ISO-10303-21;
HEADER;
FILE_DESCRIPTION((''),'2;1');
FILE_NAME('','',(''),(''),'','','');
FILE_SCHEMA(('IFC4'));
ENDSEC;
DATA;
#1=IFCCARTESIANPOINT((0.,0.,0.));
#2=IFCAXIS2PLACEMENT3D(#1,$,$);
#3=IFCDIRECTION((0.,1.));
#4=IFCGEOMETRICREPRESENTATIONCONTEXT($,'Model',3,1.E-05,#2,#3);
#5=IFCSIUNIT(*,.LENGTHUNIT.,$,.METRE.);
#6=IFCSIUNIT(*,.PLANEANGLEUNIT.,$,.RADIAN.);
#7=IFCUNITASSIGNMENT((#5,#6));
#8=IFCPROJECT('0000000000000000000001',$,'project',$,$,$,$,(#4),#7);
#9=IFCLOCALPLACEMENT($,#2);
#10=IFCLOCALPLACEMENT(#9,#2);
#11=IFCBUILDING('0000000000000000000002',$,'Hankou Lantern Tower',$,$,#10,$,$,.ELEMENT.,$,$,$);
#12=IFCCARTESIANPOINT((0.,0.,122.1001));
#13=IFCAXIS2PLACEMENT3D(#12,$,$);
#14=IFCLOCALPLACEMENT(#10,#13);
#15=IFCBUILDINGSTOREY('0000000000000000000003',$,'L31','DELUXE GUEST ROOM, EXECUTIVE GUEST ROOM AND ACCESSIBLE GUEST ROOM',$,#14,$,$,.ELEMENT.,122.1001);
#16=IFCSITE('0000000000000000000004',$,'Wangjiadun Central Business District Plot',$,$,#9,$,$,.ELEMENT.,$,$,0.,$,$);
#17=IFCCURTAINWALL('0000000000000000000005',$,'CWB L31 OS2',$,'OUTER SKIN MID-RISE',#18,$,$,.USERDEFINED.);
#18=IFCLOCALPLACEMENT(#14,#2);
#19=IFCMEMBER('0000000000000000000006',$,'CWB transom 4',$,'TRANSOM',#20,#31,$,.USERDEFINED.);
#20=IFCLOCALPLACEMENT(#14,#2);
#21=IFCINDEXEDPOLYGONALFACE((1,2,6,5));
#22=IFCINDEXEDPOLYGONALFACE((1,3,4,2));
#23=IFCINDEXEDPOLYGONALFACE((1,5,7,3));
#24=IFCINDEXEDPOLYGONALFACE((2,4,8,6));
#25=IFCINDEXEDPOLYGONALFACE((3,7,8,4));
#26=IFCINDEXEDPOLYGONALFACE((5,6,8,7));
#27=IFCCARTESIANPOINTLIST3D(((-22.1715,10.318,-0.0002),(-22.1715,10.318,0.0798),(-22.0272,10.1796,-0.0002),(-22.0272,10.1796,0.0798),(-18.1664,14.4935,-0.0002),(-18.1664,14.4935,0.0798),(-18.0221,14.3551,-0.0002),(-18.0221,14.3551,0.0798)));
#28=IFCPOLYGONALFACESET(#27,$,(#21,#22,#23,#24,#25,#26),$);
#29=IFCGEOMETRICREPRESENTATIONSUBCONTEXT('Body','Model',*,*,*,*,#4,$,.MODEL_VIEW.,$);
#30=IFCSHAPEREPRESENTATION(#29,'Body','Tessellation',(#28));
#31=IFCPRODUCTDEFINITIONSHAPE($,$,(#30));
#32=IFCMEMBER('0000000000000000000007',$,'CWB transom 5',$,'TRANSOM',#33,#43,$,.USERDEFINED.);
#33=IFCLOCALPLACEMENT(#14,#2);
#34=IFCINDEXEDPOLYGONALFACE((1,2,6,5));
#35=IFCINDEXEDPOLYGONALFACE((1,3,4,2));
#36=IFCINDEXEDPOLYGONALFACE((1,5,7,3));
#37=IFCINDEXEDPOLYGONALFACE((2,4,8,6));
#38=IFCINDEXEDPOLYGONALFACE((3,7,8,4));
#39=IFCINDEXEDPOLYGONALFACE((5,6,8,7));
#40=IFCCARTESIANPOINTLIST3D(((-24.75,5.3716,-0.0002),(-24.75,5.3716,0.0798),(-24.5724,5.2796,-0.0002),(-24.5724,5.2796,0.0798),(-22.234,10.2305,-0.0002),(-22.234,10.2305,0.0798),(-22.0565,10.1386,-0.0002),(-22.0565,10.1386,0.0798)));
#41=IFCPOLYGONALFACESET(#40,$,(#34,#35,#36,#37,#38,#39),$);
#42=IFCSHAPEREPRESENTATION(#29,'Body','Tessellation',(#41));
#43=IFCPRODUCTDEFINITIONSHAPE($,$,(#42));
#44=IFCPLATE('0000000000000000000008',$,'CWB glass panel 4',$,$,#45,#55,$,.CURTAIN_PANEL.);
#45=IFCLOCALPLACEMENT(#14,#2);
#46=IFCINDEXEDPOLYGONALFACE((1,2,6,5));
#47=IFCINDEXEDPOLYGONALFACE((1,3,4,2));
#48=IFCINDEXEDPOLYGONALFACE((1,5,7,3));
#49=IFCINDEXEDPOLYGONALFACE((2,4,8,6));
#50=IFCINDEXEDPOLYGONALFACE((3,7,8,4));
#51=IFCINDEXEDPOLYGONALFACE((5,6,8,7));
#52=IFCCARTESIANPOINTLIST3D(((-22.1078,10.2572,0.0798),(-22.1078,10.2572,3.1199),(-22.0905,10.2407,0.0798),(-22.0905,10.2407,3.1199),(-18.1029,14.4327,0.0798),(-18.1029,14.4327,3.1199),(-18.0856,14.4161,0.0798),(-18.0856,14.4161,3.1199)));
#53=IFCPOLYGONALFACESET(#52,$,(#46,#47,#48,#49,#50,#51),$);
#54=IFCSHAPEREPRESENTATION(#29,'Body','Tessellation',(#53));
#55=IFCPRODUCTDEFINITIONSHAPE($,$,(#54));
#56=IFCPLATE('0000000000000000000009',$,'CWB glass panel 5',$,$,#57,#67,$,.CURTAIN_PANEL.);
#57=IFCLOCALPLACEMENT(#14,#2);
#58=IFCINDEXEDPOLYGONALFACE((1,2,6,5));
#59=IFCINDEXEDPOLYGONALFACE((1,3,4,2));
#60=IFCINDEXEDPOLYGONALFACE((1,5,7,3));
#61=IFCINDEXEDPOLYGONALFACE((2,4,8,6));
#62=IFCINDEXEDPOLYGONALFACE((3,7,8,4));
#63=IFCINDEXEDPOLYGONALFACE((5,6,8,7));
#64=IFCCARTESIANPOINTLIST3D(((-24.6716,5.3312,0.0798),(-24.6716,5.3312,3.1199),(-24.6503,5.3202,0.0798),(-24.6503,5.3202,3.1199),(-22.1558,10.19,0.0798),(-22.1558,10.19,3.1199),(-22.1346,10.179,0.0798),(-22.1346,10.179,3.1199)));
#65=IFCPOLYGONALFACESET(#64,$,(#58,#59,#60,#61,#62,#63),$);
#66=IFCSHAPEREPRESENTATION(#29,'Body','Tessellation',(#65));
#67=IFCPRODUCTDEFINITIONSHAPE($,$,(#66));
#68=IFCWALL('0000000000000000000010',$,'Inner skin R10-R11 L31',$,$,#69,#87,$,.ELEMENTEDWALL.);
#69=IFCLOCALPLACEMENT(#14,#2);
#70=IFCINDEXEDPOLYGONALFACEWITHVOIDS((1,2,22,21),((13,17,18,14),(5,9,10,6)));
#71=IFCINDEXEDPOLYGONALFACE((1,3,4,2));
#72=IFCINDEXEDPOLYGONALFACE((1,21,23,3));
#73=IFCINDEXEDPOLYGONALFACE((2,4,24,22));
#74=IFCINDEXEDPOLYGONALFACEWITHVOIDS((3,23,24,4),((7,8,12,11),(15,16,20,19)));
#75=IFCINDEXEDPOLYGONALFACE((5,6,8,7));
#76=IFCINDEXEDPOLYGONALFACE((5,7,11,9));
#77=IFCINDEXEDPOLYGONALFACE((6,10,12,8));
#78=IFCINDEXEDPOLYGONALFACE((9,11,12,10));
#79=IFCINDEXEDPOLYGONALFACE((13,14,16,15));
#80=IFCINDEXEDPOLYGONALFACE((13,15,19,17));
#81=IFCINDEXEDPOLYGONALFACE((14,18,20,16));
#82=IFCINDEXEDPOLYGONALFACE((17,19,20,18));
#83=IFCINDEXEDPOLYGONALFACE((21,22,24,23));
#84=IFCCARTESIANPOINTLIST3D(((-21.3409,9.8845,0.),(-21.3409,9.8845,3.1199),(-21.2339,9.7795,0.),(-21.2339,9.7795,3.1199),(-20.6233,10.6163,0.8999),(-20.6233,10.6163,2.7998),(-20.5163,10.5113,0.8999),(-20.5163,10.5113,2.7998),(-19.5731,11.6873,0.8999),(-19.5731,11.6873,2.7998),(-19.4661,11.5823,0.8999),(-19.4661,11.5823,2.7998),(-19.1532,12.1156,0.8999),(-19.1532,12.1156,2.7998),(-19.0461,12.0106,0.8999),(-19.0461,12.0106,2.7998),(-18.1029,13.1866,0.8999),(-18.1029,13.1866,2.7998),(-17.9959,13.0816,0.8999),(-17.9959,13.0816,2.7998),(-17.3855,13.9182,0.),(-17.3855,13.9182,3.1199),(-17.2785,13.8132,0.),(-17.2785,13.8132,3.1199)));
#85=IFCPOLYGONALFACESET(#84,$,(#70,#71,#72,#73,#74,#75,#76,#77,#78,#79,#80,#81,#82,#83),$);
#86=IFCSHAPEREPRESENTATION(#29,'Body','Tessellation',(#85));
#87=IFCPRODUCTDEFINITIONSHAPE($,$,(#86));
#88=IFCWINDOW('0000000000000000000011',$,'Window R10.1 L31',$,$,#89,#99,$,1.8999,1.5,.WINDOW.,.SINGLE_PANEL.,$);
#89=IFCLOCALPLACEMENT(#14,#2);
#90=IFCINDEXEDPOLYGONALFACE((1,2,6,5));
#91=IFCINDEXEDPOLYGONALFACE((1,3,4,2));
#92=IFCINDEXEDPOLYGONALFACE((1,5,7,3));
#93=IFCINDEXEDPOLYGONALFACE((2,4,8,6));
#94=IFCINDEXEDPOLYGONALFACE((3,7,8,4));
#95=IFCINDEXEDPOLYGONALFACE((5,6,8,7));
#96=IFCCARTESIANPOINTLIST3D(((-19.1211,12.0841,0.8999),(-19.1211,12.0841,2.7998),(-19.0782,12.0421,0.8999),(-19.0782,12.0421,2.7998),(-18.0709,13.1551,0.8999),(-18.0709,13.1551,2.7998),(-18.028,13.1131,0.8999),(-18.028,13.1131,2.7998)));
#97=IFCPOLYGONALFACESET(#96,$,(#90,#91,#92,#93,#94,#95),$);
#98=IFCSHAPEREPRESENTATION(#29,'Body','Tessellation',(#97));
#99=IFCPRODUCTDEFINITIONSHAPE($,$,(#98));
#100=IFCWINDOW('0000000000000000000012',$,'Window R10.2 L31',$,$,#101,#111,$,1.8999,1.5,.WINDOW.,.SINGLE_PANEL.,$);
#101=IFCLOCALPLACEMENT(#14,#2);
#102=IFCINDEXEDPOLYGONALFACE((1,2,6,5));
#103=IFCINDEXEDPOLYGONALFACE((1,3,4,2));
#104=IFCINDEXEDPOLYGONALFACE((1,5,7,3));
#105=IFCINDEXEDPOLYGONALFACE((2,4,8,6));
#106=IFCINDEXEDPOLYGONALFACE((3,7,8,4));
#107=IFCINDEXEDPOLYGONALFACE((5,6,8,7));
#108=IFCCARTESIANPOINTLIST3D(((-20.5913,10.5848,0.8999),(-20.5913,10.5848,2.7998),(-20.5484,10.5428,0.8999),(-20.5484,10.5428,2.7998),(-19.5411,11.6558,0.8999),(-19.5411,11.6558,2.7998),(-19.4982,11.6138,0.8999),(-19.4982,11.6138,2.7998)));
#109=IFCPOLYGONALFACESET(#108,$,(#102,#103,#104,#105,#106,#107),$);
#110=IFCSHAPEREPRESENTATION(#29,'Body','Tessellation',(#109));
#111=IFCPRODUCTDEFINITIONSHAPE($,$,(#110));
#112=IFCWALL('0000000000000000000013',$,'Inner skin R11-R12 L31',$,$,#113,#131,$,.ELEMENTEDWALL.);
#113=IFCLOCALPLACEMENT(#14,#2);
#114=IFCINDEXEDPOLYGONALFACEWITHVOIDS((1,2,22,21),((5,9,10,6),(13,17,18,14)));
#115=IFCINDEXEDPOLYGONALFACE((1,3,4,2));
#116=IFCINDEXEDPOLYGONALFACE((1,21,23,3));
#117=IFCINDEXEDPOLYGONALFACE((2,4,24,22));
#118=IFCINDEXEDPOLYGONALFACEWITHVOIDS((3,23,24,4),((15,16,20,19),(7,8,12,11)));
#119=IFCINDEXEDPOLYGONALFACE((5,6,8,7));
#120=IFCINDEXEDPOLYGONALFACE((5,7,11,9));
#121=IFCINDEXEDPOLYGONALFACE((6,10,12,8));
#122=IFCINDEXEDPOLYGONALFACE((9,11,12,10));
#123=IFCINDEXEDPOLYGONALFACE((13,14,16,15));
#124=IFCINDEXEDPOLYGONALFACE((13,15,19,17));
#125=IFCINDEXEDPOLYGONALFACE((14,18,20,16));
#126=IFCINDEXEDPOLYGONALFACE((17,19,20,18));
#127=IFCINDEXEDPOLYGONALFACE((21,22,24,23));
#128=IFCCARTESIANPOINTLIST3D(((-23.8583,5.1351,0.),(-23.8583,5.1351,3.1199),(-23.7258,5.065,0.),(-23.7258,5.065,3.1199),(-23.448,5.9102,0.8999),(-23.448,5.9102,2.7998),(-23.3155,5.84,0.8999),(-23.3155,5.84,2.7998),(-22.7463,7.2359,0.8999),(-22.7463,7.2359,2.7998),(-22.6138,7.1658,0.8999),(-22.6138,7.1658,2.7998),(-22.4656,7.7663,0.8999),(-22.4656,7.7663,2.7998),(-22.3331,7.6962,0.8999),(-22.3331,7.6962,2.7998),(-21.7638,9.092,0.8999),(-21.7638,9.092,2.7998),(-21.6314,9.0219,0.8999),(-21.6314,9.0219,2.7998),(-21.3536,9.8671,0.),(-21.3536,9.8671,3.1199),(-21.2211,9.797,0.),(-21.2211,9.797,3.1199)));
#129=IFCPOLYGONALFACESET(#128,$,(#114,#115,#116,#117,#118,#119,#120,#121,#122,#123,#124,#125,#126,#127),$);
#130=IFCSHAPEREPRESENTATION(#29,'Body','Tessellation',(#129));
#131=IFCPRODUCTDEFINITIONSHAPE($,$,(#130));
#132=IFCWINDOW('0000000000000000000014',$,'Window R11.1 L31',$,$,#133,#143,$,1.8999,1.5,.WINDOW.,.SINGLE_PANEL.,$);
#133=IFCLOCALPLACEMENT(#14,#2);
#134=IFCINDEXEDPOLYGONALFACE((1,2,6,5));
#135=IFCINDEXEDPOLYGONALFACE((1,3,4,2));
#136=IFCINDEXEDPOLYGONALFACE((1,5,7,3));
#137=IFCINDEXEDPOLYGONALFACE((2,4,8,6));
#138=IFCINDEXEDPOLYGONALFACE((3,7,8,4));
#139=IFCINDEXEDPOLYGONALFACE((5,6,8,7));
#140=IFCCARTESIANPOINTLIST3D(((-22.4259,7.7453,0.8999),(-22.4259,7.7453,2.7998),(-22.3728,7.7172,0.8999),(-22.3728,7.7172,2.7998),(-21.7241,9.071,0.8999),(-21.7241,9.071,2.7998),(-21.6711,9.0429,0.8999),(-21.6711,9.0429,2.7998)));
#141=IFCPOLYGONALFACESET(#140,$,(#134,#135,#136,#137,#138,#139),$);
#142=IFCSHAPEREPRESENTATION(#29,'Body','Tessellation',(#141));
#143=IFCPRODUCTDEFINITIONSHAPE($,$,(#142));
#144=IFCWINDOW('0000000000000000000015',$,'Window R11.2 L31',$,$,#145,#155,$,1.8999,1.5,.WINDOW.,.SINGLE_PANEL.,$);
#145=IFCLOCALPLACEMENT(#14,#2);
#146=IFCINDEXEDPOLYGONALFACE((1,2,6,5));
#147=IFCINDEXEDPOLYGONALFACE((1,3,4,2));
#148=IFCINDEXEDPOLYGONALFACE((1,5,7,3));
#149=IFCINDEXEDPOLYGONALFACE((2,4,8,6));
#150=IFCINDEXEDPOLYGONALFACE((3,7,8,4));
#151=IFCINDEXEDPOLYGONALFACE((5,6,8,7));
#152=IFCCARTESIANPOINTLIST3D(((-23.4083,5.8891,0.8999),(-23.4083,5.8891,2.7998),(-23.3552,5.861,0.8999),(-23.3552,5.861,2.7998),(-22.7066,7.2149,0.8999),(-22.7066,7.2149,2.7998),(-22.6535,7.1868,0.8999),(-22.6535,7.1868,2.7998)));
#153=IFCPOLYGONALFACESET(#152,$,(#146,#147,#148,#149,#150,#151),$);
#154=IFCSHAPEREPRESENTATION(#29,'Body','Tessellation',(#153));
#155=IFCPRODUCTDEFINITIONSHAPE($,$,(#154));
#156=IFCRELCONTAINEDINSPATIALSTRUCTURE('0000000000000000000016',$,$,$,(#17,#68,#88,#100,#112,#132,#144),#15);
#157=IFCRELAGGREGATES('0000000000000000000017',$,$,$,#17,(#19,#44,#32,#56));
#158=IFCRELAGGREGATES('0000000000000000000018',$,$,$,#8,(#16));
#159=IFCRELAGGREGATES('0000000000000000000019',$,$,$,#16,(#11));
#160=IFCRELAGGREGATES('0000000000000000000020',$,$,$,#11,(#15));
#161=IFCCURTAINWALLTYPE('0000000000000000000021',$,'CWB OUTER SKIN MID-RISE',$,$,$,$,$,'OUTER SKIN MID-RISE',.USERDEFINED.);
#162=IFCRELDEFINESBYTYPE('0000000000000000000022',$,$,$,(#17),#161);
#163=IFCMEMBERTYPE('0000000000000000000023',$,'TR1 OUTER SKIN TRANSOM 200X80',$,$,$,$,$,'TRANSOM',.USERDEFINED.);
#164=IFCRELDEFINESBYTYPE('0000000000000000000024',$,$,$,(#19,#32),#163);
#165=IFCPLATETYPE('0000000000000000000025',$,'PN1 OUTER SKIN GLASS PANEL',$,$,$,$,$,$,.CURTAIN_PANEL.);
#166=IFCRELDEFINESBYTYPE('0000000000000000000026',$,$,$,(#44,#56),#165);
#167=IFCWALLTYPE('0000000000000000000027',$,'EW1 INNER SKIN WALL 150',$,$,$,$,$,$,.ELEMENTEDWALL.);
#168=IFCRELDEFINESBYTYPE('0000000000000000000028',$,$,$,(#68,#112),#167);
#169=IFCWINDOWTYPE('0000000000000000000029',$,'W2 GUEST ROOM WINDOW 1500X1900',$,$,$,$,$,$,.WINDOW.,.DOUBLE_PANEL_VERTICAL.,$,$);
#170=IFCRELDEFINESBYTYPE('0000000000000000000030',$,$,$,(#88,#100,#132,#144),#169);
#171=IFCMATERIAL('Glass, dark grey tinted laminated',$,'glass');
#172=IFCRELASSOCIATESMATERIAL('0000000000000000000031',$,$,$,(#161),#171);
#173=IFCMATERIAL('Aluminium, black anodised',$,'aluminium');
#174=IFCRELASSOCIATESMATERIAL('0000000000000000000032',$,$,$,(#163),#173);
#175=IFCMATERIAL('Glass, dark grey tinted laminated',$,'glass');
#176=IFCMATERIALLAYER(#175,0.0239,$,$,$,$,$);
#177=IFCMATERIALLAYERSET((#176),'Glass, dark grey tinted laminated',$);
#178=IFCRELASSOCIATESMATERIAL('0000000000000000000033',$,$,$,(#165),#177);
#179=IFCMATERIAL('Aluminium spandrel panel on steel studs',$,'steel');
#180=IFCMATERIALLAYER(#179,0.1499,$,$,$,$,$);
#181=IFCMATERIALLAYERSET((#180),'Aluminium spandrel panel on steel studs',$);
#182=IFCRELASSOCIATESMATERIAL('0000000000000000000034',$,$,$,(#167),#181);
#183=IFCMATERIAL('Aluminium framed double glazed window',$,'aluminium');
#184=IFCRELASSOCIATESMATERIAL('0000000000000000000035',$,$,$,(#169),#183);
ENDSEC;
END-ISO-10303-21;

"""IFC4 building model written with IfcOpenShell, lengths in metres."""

from ifc_helpers import new_model, si_unit, direction, frame, frame_2d, origin, origin_2d, place, context, subcontext, project, spatial, rectangle, extrude, material, layer, layer_set, material_profile, profile_set, type_object, element, fill, aggregate, save


model = new_model("IFC4")

# Units and contexts
model_context = context("Model", 3, precision=1e-05, world=origin(), true_north=direction((0.0, 1.0)))
body_context = subcontext(model_context, "Body", "Model", "MODEL_VIEW")
ifc_project = project(units=[si_unit("LENGTHUNIT", "METRE"), si_unit("PLANEANGLEUNIT", "RADIAN")], contexts=[model_context])

# Site, building, storey
site_placement = place(None, origin())
site = spatial("IfcSite", under=ifc_project, at=site_placement, Name="Wangjiadun Central Business District Plot", CompositionType="ELEMENT", RefElevation=0.0)
building_placement = place(site_placement, origin())
building = spatial("IfcBuilding", under=site, at=building_placement, Name="Hankou Lantern Tower", CompositionType="ELEMENT")
storey_placement = place(building_placement, frame((0.0, 0.0, 122.1001)))
storey = spatial("IfcBuildingStorey", under=building, at=storey_placement, Name="L31", Description="DELUXE GUEST ROOM, EXECUTIVE GUEST ROOM AND ACCESSIBLE GUEST ROOM", CompositionType="ELEMENT", Elevation=122.1001)

# Curtain wall
ifc_material_1 = material(Name="Glass, dark grey tinted laminated", Category="glass")
curtain_wall_type = type_object("IfcCurtainWallType", Name="CWB OUTER SKIN MID-RISE", ElementType="OUTER SKIN MID-RISE", PredefinedType="USERDEFINED", material=ifc_material_1)
curtain_wall_placement = place(storey_placement, origin())
curtain_wall = element("IfcCurtainWall", 1, at=curtain_wall_placement, inside=storey, type_object=curtain_wall_type, Name="CWB L31 OS2", ObjectType="OUTER SKIN MID-RISE", PredefinedType="USERDEFINED")

# Members
ifc_material_2 = material(Name="Aluminium, black anodised", Category="aluminium")
ifc_material_profile_1 = material_profile(ifc_material_2, rectangle(XDim=0.2, YDim=0.0801, at=origin_2d()), Name="TR1 200X80")
ifc_profile_set_1 = profile_set([ifc_material_profile_1], Name="Aluminium, black anodised")
member_type_1 = type_object("IfcMemberType", Name="TR1 OUTER SKIN TRANSOM 200X80", ElementType="TRANSOM", PredefinedType="USERDEFINED", material=ifc_profile_set_1)
member_1_placement = place(storey_placement, frame((-18.0942, 14.4243, 0.0398), z_axis=(-0.692227, -0.72168, 0.0), x_axis=(0.72168, -0.692227, 0.0)))
member_1 = element("IfcMember", 2, at=member_1_placement, type_object=member_type_1, Name="CWB transom 4", ObjectType="TRANSOM", PredefinedType="USERDEFINED", context=body_context, shape_type="SweptSolid", body=[
    extrude(rectangle(XDim=0.2, YDim=0.0801, at=origin_2d()), origin(), (0.0, 0.0, 1.0), 5.7859),
])
member_2_placement = place(storey_placement, frame((-22.1453, 10.1846, 0.0398), z_axis=(-0.459805, -0.88802, 0.0), x_axis=(0.88802, -0.459805, 0.0)))
member_2 = element("IfcMember", 3, at=member_2_placement, type_object=member_type_1, Name="CWB transom 5", ObjectType="TRANSOM", PredefinedType="USERDEFINED", context=body_context, shape_type="SweptSolid", body=[
    extrude(rectangle(XDim=0.2, YDim=0.0801, at=origin_2d()), origin(), (0.0, 0.0, 1.0), 5.4717),
])

# Plates
ifc_material_3 = material(Name="Glass, dark grey tinted laminated", Category="glass")
ifc_layer_1 = layer(ifc_material_3, 0.0239)
ifc_layer_set_1 = layer_set([ifc_layer_1], Name="Glass, dark grey tinted laminated")
plate_type = type_object("IfcPlateType", Name="PN1 OUTER SKIN GLASS PANEL", PredefinedType="CURTAIN_PANEL", material=ifc_layer_set_1)
plate_1_placement = place(storey_placement, frame((-20.0967, 12.3367, 0.0798), z_axis=(0.0, 0.0, 1.0), x_axis=(-0.692216, -0.721691, 0.0)))
plate_1 = element("IfcPlate", 4, at=plate_1_placement, type_object=plate_type, Name="CWB glass panel 4", PredefinedType="CURTAIN_PANEL", context=body_context, shape_type="SweptSolid", body=[
    extrude(rectangle(XDim=5.7856, YDim=0.0239, at=origin_2d()), origin(), (0.0, 0.0, 1.0), 3.04),
])
plate_2_placement = place(storey_placement, frame((-23.4031, 7.7551, 0.0798), z_axis=(0.0, 0.0, 1.0), x_axis=(-0.459791, -0.888027, 0.0)))
plate_2 = element("IfcPlate", 5, at=plate_2_placement, type_object=plate_type, Name="CWB glass panel 5", PredefinedType="CURTAIN_PANEL", context=body_context, shape_type="SweptSolid", body=[
    extrude(rectangle(XDim=5.4714, YDim=0.0239, at=origin_2d()), origin(), (0.0, 0.0, 1.0), 3.04),
])
aggregate(curtain_wall, [member_1, plate_1, member_2, plate_2])

# Walls, openings, windows
ifc_material_4 = material(Name="Aluminium spandrel panel on steel studs", Category="steel")
ifc_layer_2 = layer(ifc_material_4, 0.1499)
ifc_layer_set_2 = layer_set([ifc_layer_2], Name="Aluminium spandrel panel on steel studs")
wall_type = type_object("IfcWallType", Name="EW1 INNER SKIN WALL 150", PredefinedType="ELEMENTEDWALL", material=ifc_layer_set_2)
wall_1_placement = place(storey_placement, frame((-17.332, 13.8657, 0.0), z_axis=(0.0, 0.0, 1.0), x_axis=(-0.700137, -0.714009, 0.0)))
wall_1 = element("IfcWall", 6, at=wall_1_placement, inside=storey, type_object=wall_type, Name="Inner skin R10-R11 L31", PredefinedType="ELEMENTEDWALL", context=body_context, shape_type="SweptSolid", body=[
    extrude(rectangle(XDim=5.6494, YDim=0.1499, at=frame_2d((2.8247, 0.0))), origin(), (0.0, 0.0, 1.0), 3.1199),
])
opening_1_placement = place(wall_1_placement, frame((1.0247, 0.0, 0.8999)))
opening_1 = element("IfcOpeningElement", 7, at=opening_1_placement, cuts=wall_1, PredefinedType="OPENING", context=body_context, shape_type="SweptSolid", body=[
    extrude(rectangle(XDim=1.5, YDim=1.8999, at=frame_2d((0.75, 0.95))), frame((0.0, 0.085, 0.0), z_axis=(0.0, -1.0, 0.0), x_axis=(1.0, 0.0, 0.0)), (0.0, 0.0, 1.0), 0.1699),
])
opening_2_placement = place(wall_1_placement, frame((3.1245, 0.0, 0.8999)))
opening_2 = element("IfcOpeningElement", 8, at=opening_2_placement, cuts=wall_1, PredefinedType="OPENING", context=body_context, shape_type="SweptSolid", body=[
    extrude(rectangle(XDim=1.5, YDim=1.8999, at=frame_2d((0.75, 0.95))), frame((0.0, 0.085, 0.0), z_axis=(0.0, -1.0, 0.0), x_axis=(1.0, 0.0, 0.0)), (0.0, 0.0, 1.0), 0.1699),
])
ifc_material_5 = material(Name="Aluminium framed double glazed window", Category="aluminium")
window_type = type_object("IfcWindowType", Name="W2 GUEST ROOM WINDOW 1500X1900", PartitioningType="DOUBLE_PANEL_VERTICAL", PredefinedType="WINDOW", material=ifc_material_5)
window_1_placement = place(opening_1_placement, origin())
window_1 = element("IfcWindow", 9, at=window_1_placement, inside=storey, type_object=window_type, Name="Window R10.1 L31", OverallHeight=1.8999, OverallWidth=1.5, PartitioningType="SINGLE_PANEL", PredefinedType="WINDOW", context=body_context, shape_type="SweptSolid", body=[
    extrude(rectangle(XDim=1.5, YDim=1.8999, at=frame_2d((0.75, 0.95))), frame((0.0, 0.03, 0.0), z_axis=(0.0, -1.0, 0.0), x_axis=(1.0, 0.0, 0.0)), (0.0, 0.0, 1.0), 0.0601),
])
fill(opening_1, window_1)
window_2_placement = place(opening_2_placement, origin())
window_2 = element("IfcWindow", 10, at=window_2_placement, inside=storey, type_object=window_type, Name="Window R10.2 L31", OverallHeight=1.8999, OverallWidth=1.5, PartitioningType="SINGLE_PANEL", PredefinedType="WINDOW", context=body_context, shape_type="SweptSolid", body=[
    extrude(rectangle(XDim=1.5, YDim=1.8999, at=frame_2d((0.75, 0.95))), frame((0.0, 0.03, 0.0), z_axis=(0.0, -1.0, 0.0), x_axis=(1.0, 0.0, 0.0)), (0.0, 0.0, 1.0), 0.0601),
])
fill(opening_2, window_2)
wall_2_placement = place(storey_placement, frame((-21.2874, 9.832, 0.0), z_axis=(0.0, 0.0, 1.0), x_axis=(-0.467814, -0.883827, 0.0)))
wall_2 = element("IfcWall", 11, at=wall_2_placement, inside=storey, type_object=wall_type, Name="Inner skin R11-R12 L31", PredefinedType="ELEMENTEDWALL", context=body_context, shape_type="SweptSolid", body=[
    extrude(rectangle(XDim=5.354, YDim=0.1499, at=frame_2d((2.677, 0.0))), origin(), (0.0, 0.0, 1.0), 3.1199),
])
opening_3_placement = place(wall_2_placement, frame((0.877, 0.0, 0.8999)))
opening_3 = element("IfcOpeningElement", 12, at=opening_3_placement, cuts=wall_2, PredefinedType="OPENING", context=body_context, shape_type="SweptSolid", body=[
    extrude(rectangle(XDim=1.5, YDim=1.8999, at=frame_2d((0.75, 0.95))), frame((0.0, 0.085, 0.0), z_axis=(0.0, -1.0, 0.0), x_axis=(1.0, 0.0, 0.0)), (0.0, 0.0, 1.0), 0.1699),
])
opening_4_placement = place(wall_2_placement, frame((2.9771, 0.0, 0.8999)))
opening_4 = element("IfcOpeningElement", 13, at=opening_4_placement, cuts=wall_2, PredefinedType="OPENING", context=body_context, shape_type="SweptSolid", body=[
    extrude(rectangle(XDim=1.5, YDim=1.8999, at=frame_2d((0.75, 0.95))), frame((0.0, 0.085, 0.0), z_axis=(0.0, -1.0, 0.0), x_axis=(1.0, 0.0, 0.0)), (0.0, 0.0, 1.0), 0.1699),
])
window_3_placement = place(opening_3_placement, origin())
window_3 = element("IfcWindow", 14, at=window_3_placement, inside=storey, type_object=window_type, Name="Window R11.1 L31", OverallHeight=1.8999, OverallWidth=1.5, PartitioningType="SINGLE_PANEL", PredefinedType="WINDOW", context=body_context, shape_type="SweptSolid", body=[
    extrude(rectangle(XDim=1.5, YDim=1.8999, at=frame_2d((0.75, 0.95))), frame((0.0, 0.03, 0.0), z_axis=(0.0, -1.0, 0.0), x_axis=(1.0, 0.0, 0.0)), (0.0, 0.0, 1.0), 0.0601),
])
fill(opening_3, window_3)
window_4_placement = place(opening_4_placement, origin())
window_4 = element("IfcWindow", 15, at=window_4_placement, inside=storey, type_object=window_type, Name="Window R11.2 L31", OverallHeight=1.8999, OverallWidth=1.5, PartitioningType="SINGLE_PANEL", PredefinedType="WINDOW", context=body_context, shape_type="SweptSolid", body=[
    extrude(rectangle(XDim=1.5, YDim=1.8999, at=frame_2d((0.75, 0.95))), frame((0.0, 0.03, 0.0), z_axis=(0.0, -1.0, 0.0), x_axis=(1.0, 0.0, 0.0)), (0.0, 0.0, 1.0), 0.0601),
])
fill(opening_4, window_4)

save(model, "model.ifc")
